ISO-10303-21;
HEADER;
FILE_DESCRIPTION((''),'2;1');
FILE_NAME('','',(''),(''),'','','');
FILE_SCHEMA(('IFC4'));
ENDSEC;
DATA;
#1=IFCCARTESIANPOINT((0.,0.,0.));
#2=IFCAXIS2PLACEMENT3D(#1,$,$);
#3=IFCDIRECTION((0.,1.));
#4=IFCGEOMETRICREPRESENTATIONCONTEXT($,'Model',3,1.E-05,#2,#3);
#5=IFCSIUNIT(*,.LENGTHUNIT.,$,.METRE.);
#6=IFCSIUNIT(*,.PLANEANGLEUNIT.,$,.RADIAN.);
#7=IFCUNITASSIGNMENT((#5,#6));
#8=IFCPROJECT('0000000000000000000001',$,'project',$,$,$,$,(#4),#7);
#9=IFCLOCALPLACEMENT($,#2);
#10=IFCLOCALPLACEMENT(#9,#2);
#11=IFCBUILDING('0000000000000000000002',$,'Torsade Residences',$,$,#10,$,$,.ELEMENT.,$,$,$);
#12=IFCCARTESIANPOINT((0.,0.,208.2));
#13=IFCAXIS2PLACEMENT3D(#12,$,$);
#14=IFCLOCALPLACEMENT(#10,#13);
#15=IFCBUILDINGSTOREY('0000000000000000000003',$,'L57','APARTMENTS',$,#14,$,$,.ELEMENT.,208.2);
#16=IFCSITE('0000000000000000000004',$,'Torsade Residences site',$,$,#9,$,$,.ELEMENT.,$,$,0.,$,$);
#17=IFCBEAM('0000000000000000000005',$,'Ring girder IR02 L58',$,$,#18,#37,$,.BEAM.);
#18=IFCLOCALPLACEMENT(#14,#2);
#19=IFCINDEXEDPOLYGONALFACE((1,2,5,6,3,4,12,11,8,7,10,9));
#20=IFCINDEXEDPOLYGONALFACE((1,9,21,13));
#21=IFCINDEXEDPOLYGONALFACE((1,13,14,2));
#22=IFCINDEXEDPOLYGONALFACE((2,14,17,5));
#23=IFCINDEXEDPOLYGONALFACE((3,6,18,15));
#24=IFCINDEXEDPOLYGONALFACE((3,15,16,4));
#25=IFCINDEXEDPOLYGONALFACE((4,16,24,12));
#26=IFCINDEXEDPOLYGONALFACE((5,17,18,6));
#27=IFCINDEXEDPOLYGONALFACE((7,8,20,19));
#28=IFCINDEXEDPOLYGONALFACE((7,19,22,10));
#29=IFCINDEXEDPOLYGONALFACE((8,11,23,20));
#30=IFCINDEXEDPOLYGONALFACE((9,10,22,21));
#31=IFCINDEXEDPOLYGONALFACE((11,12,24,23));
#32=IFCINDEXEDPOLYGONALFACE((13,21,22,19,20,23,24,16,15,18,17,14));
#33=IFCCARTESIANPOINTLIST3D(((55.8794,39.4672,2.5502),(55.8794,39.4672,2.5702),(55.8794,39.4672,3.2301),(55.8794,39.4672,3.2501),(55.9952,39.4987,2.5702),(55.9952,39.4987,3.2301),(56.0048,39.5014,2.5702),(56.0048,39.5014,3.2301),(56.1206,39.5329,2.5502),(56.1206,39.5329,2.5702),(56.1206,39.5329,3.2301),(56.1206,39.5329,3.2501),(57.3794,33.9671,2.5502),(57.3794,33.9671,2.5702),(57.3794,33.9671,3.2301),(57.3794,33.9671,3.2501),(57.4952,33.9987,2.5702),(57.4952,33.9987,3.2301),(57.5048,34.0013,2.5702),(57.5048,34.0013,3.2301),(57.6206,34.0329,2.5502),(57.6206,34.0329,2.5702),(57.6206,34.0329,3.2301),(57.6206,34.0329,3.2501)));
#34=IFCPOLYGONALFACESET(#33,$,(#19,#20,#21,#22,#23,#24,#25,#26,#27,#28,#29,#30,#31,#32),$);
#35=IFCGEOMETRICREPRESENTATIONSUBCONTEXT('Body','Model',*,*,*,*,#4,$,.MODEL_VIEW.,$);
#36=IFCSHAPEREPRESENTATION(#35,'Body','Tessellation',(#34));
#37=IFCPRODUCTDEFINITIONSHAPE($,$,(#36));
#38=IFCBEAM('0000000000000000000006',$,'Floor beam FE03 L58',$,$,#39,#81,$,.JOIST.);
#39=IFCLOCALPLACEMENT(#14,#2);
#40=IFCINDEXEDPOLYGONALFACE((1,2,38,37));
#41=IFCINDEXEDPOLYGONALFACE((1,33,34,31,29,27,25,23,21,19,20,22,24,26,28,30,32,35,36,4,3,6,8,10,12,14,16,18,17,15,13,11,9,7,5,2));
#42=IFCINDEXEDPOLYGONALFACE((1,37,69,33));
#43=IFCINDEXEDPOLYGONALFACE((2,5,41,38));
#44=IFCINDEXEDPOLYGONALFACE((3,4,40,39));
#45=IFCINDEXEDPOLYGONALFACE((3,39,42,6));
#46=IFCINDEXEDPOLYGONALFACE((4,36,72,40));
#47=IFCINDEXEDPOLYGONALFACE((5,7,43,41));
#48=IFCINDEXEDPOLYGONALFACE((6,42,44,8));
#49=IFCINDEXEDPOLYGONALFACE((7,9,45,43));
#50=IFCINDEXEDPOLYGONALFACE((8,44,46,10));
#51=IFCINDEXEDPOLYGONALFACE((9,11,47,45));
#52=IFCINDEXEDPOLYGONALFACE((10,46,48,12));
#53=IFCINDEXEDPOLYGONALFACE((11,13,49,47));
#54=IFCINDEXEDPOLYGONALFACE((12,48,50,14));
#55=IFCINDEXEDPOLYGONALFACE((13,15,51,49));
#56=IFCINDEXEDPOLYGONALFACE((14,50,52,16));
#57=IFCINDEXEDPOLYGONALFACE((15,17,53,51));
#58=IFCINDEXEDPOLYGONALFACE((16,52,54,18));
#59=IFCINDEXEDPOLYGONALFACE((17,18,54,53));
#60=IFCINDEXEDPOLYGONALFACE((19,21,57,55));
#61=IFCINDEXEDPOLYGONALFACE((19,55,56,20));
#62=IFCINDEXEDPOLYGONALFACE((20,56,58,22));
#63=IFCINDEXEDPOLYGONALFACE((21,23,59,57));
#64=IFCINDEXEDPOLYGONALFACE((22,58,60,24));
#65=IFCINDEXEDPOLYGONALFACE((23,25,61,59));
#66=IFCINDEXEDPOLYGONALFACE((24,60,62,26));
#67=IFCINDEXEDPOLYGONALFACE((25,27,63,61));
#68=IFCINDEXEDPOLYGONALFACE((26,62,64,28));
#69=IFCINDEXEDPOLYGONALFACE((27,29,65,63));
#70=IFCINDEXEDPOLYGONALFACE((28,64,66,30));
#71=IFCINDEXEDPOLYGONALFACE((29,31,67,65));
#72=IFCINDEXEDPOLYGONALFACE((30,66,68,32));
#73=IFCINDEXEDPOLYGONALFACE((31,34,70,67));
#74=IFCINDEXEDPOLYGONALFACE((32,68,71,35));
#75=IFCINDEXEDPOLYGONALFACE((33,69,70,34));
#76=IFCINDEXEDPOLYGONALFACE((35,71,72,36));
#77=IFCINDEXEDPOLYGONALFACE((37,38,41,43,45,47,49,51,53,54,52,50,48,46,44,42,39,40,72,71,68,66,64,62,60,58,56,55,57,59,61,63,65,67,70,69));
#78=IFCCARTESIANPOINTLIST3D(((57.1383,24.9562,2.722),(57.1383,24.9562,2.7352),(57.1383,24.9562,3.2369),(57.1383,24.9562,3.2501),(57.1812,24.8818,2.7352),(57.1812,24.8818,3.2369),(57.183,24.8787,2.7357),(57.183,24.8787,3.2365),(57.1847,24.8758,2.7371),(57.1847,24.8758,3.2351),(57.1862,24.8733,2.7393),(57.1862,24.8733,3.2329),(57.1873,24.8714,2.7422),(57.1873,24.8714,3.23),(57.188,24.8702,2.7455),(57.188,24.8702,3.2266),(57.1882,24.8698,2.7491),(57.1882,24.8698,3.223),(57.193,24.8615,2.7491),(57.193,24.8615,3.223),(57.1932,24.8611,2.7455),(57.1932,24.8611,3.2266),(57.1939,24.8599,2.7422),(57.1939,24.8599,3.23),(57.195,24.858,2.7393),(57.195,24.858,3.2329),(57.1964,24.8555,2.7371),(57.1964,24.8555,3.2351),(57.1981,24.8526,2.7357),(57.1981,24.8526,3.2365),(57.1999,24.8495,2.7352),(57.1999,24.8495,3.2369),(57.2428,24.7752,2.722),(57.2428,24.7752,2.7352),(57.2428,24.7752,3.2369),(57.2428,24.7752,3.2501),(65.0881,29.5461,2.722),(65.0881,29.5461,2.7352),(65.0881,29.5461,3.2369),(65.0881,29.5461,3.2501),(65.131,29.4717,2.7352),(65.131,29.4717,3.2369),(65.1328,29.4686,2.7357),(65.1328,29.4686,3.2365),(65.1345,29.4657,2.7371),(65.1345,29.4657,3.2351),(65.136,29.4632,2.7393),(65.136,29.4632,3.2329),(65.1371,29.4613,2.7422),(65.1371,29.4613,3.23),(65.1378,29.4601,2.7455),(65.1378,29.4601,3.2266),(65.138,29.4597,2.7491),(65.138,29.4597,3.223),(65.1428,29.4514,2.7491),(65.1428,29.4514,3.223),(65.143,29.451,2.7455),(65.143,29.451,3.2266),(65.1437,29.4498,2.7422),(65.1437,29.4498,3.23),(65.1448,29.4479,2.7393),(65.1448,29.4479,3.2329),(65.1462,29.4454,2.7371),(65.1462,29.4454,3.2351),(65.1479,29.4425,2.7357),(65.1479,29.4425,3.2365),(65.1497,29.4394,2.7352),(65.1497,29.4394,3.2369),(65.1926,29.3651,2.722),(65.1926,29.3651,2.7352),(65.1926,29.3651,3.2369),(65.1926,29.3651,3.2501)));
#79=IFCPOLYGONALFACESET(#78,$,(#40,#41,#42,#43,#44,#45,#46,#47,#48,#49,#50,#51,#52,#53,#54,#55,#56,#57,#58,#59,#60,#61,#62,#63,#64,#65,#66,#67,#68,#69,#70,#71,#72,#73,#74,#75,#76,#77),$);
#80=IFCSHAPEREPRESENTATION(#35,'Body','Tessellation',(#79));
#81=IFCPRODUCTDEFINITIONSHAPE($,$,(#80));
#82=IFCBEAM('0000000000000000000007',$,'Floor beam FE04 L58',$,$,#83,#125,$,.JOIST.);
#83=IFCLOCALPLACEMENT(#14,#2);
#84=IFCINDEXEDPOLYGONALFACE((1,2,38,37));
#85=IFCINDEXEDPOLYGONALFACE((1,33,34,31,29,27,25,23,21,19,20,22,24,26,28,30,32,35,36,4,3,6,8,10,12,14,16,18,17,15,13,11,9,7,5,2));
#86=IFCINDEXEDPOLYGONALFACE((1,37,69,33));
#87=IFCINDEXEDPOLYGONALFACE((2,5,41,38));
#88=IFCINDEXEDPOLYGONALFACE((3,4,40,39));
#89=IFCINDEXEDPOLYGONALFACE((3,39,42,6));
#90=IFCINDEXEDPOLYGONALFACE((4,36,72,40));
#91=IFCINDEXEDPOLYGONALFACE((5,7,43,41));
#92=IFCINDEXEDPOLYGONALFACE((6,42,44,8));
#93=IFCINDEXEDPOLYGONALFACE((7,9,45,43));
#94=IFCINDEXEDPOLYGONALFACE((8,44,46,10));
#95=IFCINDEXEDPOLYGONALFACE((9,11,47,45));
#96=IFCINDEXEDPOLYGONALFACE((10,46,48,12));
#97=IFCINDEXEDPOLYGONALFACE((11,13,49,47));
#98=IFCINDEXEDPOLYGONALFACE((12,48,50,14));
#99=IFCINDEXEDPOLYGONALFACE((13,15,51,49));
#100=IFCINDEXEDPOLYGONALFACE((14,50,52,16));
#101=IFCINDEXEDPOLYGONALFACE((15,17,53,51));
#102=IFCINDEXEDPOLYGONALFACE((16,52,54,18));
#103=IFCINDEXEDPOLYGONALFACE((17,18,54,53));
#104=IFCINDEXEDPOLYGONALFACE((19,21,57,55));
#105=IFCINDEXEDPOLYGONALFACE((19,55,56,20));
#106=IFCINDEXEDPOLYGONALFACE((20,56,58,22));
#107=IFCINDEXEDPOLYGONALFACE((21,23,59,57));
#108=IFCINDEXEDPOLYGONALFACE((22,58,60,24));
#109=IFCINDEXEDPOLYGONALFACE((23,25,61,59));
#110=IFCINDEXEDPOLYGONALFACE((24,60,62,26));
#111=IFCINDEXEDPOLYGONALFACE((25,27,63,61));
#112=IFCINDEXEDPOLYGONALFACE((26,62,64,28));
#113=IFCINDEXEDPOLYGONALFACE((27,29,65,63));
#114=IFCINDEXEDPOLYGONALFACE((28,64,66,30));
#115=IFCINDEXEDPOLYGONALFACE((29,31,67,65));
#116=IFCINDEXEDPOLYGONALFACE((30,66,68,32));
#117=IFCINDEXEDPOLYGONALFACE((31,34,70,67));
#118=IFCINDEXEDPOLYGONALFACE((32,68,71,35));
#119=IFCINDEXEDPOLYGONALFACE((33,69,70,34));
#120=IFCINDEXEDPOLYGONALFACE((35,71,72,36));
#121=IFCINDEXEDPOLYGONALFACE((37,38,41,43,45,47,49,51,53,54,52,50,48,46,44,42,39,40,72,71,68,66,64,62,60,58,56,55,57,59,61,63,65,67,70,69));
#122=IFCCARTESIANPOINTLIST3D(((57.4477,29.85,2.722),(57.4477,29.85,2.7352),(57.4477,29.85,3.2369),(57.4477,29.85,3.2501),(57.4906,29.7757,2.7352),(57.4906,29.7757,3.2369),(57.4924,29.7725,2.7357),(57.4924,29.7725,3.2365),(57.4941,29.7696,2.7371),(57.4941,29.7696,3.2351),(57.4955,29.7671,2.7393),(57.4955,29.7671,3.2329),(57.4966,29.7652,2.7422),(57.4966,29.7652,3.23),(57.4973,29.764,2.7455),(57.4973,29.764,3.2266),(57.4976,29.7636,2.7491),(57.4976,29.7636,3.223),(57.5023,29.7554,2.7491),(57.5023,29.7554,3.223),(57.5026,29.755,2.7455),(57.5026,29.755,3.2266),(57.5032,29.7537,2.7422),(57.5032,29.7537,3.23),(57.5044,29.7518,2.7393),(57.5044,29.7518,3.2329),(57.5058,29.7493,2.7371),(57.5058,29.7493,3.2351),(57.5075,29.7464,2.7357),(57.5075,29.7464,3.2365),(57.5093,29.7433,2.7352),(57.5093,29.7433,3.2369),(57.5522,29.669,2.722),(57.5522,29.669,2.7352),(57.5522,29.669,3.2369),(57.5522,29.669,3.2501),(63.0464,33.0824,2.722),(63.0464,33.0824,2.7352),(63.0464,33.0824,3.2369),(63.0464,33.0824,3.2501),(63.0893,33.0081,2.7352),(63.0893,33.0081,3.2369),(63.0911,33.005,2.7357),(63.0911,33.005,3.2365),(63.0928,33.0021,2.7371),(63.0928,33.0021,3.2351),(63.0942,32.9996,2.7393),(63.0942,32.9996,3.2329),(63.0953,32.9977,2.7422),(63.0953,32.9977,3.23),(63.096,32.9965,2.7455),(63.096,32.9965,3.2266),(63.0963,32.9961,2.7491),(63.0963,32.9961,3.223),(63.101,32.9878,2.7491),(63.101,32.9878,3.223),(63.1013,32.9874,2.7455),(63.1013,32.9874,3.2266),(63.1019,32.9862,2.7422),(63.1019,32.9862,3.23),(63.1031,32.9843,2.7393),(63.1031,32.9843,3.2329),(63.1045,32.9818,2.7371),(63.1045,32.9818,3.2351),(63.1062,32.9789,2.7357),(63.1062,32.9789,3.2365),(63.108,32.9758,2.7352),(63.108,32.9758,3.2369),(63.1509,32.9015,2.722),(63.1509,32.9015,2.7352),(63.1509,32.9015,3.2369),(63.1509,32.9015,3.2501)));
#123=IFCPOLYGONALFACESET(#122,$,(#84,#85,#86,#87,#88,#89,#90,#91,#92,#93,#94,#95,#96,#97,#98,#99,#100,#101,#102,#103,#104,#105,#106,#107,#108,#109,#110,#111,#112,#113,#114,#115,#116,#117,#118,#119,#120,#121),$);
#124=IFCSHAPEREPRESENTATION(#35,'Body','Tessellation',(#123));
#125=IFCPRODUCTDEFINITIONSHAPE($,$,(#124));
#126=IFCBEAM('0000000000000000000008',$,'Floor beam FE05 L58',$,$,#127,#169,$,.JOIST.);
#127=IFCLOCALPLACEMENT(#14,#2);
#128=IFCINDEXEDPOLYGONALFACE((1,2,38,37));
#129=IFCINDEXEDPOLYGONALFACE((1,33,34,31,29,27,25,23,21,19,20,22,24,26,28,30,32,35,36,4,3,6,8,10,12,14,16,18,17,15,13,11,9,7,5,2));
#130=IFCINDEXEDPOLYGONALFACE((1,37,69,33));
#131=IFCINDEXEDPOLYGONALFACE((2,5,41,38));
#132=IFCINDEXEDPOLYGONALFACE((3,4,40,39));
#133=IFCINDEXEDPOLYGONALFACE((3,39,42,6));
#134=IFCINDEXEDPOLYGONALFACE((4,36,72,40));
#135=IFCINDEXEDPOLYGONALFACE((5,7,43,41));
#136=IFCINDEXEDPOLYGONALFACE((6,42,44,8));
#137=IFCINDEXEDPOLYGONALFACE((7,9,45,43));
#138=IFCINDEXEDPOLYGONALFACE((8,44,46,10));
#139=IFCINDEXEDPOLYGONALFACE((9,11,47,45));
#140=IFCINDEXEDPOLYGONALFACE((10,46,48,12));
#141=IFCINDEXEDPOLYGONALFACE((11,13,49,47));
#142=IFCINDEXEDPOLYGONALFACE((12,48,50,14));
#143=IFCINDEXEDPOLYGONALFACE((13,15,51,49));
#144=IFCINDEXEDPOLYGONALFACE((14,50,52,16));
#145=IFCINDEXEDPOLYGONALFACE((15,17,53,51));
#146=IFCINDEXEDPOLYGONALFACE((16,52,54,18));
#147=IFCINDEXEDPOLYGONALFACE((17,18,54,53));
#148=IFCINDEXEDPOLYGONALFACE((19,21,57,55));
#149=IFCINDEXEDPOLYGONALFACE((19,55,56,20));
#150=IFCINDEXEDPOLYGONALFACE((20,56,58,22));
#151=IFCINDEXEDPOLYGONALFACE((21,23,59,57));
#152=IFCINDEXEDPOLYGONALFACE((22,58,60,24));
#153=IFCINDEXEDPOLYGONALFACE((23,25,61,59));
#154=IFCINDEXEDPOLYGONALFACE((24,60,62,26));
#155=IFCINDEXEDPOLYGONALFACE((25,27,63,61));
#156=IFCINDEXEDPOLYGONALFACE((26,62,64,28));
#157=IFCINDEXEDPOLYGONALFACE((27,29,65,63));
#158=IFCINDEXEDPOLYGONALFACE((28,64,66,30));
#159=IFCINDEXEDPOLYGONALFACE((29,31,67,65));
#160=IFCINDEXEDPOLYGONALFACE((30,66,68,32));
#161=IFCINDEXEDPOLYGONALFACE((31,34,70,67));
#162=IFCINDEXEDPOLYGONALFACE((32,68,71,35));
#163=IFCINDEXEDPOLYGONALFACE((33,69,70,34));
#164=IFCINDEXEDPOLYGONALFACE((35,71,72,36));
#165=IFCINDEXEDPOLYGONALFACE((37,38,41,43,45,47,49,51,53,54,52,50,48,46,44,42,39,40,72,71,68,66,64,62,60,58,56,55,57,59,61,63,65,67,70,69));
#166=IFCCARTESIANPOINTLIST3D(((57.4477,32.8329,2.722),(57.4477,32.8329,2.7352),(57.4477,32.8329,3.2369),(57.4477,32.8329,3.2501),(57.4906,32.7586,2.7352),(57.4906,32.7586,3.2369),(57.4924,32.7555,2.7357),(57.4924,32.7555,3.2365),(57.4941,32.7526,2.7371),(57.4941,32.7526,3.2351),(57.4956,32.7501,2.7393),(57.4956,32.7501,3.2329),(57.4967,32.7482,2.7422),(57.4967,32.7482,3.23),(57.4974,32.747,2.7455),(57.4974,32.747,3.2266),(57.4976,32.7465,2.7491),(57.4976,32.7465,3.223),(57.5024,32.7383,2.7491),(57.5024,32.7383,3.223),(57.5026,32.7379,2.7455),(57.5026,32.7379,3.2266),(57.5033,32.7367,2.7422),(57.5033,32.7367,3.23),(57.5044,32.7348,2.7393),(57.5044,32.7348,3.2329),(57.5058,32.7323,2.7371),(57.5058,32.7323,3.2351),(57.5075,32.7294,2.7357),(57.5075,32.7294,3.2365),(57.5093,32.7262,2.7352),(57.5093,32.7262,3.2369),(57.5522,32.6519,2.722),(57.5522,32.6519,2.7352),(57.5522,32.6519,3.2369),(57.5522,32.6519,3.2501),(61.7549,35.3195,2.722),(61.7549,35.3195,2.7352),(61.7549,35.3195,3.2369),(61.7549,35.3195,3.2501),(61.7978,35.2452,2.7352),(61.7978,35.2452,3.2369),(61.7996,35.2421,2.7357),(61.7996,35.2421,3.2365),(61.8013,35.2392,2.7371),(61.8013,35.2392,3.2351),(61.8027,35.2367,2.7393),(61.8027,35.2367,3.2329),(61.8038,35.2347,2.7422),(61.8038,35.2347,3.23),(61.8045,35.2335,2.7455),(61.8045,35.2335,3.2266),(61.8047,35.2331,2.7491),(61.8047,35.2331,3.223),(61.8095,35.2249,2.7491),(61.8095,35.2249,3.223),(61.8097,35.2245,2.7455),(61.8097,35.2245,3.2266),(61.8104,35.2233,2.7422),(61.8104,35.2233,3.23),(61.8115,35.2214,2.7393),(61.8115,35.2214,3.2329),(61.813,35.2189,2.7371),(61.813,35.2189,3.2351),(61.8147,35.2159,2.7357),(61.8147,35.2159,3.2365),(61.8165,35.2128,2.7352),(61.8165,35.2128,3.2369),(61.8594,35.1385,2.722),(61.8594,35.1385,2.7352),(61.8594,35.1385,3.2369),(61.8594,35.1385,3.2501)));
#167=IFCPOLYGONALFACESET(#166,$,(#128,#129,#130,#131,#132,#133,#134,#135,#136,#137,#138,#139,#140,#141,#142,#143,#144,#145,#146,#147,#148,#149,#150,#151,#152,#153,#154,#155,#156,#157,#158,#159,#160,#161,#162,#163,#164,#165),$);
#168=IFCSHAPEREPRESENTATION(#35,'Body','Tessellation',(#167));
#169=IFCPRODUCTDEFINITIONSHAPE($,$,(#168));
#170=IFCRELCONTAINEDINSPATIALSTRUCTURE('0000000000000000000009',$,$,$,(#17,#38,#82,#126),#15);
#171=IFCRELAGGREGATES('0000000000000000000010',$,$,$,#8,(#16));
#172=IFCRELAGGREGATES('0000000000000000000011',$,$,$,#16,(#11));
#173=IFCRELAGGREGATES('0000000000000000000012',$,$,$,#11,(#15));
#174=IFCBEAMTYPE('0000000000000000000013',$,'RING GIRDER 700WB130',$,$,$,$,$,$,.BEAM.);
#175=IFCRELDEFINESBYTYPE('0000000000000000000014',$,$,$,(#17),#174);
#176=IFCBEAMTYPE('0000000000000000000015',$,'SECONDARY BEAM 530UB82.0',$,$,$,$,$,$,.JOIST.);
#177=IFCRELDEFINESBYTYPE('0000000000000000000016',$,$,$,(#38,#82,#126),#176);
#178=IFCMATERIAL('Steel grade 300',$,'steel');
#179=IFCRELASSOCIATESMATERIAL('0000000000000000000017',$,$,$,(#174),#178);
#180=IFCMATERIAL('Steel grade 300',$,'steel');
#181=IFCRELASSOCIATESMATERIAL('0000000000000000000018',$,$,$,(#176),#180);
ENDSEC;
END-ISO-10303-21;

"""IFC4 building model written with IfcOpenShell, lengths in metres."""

from ifc_helpers import new_model, si_unit, direction, frame, origin, origin_2d, place, context, subcontext, project, spatial, i_section, extrude, material, material_profile, profile_set, type_object, element, save


model = new_model("IFC4")

# Units and contexts
model_context = context("Model", 3, precision=1e-05, world=origin(), true_north=direction((0.0, 1.0)))
body_context = subcontext(model_context, "Body", "Model", "MODEL_VIEW")
ifc_project = project(units=[si_unit("LENGTHUNIT", "METRE"), si_unit("PLANEANGLEUNIT", "RADIAN")], contexts=[model_context])

# Site, building, storey
site_placement = place(None, origin())
site = spatial("IfcSite", under=ifc_project, at=site_placement, Name="Torsade Residences site", CompositionType="ELEMENT", RefElevation=0.0)
building_placement = place(site_placement, origin())
building = spatial("IfcBuilding", under=site, at=building_placement, Name="Torsade Residences", CompositionType="ELEMENT")
storey_placement = place(building_placement, frame((0.0, 0.0, 208.2)))
storey = spatial("IfcBuildingStorey", under=building, at=storey_placement, Name="L57", Description="APARTMENTS", CompositionType="ELEMENT", Elevation=208.2)

# Beams
ifc_material_1 = material(Name="Steel grade 300", Category="steel")
ifc_material_profile_1 = material_profile(ifc_material_1, i_section(OverallWidth=0.25, OverallDepth=0.7, WebThickness=0.01, FlangeThickness=0.02, at=origin_2d()), Name="700WB130")
ifc_profile_set_1 = profile_set([ifc_material_profile_1], Name="Steel grade 300")
beam_type_1 = type_object("IfcBeamType", Name="RING GIRDER 700WB130", PredefinedType="BEAM", material=ifc_profile_set_1)
beam_1_placement = place(storey_placement, frame((57.5, 34.0, 2.9001), z_axis=(-0.263117, 0.964764, 0.0), x_axis=(-0.964764, -0.263117, 0.0)))
element("IfcBeam", 1, at=beam_1_placement, inside=storey, type_object=beam_type_1, Name="Ring girder IR02 L58", PredefinedType="BEAM", context=body_context, shape_type="SweptSolid", body=[
    extrude(i_section(OverallWidth=0.25, OverallDepth=0.7, WebThickness=0.01, FlangeThickness=0.02, at=origin_2d()), origin(), (0.0, 0.0, 1.0), 5.7009),
])
ifc_material_2 = material(Name="Steel grade 300", Category="steel")
ifc_material_profile_2 = material_profile(ifc_material_2, i_section(OverallWidth=0.209, OverallDepth=0.5281, WebThickness=0.0095, FlangeThickness=0.0132, FilletRadius=0.0139, at=origin_2d()), Name="530UB82.0")
ifc_profile_set_2 = profile_set([ifc_material_profile_2], Name="Steel grade 300")
beam_type_2 = type_object("IfcBeamType", Name="SECONDARY BEAM 530UB82.0", PredefinedType="JOIST", material=ifc_profile_set_2)
beam_2_placement = place(storey_placement, frame((65.1404, 29.4556, 2.9861), z_axis=(-0.866022, -0.500006, 0.0), x_axis=(0.500006, -0.866022, 0.0)))
element("IfcBeam", 2, at=beam_2_placement, inside=storey, type_object=beam_type_2, Name="Floor beam FE03 L58", PredefinedType="JOIST", context=body_context, shape_type="SweptSolid", body=[
    extrude(i_section(OverallWidth=0.209, OverallDepth=0.5281, WebThickness=0.0095, FlangeThickness=0.0132, FilletRadius=0.0139, at=origin_2d()), origin(), (0.0, 0.0, 1.0), 9.1797),
])
beam_3_placement = place(storey_placement, frame((63.0986, 32.9919, 2.9861), z_axis=(-0.866022, -0.500006, 0.0), x_axis=(0.500006, -0.866022, 0.0)))
element("IfcBeam", 3, at=beam_3_placement, inside=storey, type_object=beam_type_2, Name="Floor beam FE04 L58", PredefinedType="JOIST", context=body_context, shape_type="SweptSolid", body=[
    extrude(i_section(OverallWidth=0.209, OverallDepth=0.5281, WebThickness=0.0095, FlangeThickness=0.0132, FilletRadius=0.0139, at=origin_2d()), origin(), (0.0, 0.0, 1.0), 6.4648),
])
beam_4_placement = place(storey_placement, frame((61.8071, 35.229, 2.9861), z_axis=(-0.866038, -0.499977, 0.0), x_axis=(0.499977, -0.866038, 0.0)))
element("IfcBeam", 4, at=beam_4_placement, inside=storey, type_object=beam_type_2, Name="Floor beam FE05 L58", PredefinedType="JOIST", context=body_context, shape_type="SweptSolid", body=[
    extrude(i_section(OverallWidth=0.209, OverallDepth=0.5281, WebThickness=0.0095, FlangeThickness=0.0132, FilletRadius=0.0139, at=origin_2d()), origin(), (0.0, 0.0, 1.0), 4.9734),
])

save(model, "model.ifc")
